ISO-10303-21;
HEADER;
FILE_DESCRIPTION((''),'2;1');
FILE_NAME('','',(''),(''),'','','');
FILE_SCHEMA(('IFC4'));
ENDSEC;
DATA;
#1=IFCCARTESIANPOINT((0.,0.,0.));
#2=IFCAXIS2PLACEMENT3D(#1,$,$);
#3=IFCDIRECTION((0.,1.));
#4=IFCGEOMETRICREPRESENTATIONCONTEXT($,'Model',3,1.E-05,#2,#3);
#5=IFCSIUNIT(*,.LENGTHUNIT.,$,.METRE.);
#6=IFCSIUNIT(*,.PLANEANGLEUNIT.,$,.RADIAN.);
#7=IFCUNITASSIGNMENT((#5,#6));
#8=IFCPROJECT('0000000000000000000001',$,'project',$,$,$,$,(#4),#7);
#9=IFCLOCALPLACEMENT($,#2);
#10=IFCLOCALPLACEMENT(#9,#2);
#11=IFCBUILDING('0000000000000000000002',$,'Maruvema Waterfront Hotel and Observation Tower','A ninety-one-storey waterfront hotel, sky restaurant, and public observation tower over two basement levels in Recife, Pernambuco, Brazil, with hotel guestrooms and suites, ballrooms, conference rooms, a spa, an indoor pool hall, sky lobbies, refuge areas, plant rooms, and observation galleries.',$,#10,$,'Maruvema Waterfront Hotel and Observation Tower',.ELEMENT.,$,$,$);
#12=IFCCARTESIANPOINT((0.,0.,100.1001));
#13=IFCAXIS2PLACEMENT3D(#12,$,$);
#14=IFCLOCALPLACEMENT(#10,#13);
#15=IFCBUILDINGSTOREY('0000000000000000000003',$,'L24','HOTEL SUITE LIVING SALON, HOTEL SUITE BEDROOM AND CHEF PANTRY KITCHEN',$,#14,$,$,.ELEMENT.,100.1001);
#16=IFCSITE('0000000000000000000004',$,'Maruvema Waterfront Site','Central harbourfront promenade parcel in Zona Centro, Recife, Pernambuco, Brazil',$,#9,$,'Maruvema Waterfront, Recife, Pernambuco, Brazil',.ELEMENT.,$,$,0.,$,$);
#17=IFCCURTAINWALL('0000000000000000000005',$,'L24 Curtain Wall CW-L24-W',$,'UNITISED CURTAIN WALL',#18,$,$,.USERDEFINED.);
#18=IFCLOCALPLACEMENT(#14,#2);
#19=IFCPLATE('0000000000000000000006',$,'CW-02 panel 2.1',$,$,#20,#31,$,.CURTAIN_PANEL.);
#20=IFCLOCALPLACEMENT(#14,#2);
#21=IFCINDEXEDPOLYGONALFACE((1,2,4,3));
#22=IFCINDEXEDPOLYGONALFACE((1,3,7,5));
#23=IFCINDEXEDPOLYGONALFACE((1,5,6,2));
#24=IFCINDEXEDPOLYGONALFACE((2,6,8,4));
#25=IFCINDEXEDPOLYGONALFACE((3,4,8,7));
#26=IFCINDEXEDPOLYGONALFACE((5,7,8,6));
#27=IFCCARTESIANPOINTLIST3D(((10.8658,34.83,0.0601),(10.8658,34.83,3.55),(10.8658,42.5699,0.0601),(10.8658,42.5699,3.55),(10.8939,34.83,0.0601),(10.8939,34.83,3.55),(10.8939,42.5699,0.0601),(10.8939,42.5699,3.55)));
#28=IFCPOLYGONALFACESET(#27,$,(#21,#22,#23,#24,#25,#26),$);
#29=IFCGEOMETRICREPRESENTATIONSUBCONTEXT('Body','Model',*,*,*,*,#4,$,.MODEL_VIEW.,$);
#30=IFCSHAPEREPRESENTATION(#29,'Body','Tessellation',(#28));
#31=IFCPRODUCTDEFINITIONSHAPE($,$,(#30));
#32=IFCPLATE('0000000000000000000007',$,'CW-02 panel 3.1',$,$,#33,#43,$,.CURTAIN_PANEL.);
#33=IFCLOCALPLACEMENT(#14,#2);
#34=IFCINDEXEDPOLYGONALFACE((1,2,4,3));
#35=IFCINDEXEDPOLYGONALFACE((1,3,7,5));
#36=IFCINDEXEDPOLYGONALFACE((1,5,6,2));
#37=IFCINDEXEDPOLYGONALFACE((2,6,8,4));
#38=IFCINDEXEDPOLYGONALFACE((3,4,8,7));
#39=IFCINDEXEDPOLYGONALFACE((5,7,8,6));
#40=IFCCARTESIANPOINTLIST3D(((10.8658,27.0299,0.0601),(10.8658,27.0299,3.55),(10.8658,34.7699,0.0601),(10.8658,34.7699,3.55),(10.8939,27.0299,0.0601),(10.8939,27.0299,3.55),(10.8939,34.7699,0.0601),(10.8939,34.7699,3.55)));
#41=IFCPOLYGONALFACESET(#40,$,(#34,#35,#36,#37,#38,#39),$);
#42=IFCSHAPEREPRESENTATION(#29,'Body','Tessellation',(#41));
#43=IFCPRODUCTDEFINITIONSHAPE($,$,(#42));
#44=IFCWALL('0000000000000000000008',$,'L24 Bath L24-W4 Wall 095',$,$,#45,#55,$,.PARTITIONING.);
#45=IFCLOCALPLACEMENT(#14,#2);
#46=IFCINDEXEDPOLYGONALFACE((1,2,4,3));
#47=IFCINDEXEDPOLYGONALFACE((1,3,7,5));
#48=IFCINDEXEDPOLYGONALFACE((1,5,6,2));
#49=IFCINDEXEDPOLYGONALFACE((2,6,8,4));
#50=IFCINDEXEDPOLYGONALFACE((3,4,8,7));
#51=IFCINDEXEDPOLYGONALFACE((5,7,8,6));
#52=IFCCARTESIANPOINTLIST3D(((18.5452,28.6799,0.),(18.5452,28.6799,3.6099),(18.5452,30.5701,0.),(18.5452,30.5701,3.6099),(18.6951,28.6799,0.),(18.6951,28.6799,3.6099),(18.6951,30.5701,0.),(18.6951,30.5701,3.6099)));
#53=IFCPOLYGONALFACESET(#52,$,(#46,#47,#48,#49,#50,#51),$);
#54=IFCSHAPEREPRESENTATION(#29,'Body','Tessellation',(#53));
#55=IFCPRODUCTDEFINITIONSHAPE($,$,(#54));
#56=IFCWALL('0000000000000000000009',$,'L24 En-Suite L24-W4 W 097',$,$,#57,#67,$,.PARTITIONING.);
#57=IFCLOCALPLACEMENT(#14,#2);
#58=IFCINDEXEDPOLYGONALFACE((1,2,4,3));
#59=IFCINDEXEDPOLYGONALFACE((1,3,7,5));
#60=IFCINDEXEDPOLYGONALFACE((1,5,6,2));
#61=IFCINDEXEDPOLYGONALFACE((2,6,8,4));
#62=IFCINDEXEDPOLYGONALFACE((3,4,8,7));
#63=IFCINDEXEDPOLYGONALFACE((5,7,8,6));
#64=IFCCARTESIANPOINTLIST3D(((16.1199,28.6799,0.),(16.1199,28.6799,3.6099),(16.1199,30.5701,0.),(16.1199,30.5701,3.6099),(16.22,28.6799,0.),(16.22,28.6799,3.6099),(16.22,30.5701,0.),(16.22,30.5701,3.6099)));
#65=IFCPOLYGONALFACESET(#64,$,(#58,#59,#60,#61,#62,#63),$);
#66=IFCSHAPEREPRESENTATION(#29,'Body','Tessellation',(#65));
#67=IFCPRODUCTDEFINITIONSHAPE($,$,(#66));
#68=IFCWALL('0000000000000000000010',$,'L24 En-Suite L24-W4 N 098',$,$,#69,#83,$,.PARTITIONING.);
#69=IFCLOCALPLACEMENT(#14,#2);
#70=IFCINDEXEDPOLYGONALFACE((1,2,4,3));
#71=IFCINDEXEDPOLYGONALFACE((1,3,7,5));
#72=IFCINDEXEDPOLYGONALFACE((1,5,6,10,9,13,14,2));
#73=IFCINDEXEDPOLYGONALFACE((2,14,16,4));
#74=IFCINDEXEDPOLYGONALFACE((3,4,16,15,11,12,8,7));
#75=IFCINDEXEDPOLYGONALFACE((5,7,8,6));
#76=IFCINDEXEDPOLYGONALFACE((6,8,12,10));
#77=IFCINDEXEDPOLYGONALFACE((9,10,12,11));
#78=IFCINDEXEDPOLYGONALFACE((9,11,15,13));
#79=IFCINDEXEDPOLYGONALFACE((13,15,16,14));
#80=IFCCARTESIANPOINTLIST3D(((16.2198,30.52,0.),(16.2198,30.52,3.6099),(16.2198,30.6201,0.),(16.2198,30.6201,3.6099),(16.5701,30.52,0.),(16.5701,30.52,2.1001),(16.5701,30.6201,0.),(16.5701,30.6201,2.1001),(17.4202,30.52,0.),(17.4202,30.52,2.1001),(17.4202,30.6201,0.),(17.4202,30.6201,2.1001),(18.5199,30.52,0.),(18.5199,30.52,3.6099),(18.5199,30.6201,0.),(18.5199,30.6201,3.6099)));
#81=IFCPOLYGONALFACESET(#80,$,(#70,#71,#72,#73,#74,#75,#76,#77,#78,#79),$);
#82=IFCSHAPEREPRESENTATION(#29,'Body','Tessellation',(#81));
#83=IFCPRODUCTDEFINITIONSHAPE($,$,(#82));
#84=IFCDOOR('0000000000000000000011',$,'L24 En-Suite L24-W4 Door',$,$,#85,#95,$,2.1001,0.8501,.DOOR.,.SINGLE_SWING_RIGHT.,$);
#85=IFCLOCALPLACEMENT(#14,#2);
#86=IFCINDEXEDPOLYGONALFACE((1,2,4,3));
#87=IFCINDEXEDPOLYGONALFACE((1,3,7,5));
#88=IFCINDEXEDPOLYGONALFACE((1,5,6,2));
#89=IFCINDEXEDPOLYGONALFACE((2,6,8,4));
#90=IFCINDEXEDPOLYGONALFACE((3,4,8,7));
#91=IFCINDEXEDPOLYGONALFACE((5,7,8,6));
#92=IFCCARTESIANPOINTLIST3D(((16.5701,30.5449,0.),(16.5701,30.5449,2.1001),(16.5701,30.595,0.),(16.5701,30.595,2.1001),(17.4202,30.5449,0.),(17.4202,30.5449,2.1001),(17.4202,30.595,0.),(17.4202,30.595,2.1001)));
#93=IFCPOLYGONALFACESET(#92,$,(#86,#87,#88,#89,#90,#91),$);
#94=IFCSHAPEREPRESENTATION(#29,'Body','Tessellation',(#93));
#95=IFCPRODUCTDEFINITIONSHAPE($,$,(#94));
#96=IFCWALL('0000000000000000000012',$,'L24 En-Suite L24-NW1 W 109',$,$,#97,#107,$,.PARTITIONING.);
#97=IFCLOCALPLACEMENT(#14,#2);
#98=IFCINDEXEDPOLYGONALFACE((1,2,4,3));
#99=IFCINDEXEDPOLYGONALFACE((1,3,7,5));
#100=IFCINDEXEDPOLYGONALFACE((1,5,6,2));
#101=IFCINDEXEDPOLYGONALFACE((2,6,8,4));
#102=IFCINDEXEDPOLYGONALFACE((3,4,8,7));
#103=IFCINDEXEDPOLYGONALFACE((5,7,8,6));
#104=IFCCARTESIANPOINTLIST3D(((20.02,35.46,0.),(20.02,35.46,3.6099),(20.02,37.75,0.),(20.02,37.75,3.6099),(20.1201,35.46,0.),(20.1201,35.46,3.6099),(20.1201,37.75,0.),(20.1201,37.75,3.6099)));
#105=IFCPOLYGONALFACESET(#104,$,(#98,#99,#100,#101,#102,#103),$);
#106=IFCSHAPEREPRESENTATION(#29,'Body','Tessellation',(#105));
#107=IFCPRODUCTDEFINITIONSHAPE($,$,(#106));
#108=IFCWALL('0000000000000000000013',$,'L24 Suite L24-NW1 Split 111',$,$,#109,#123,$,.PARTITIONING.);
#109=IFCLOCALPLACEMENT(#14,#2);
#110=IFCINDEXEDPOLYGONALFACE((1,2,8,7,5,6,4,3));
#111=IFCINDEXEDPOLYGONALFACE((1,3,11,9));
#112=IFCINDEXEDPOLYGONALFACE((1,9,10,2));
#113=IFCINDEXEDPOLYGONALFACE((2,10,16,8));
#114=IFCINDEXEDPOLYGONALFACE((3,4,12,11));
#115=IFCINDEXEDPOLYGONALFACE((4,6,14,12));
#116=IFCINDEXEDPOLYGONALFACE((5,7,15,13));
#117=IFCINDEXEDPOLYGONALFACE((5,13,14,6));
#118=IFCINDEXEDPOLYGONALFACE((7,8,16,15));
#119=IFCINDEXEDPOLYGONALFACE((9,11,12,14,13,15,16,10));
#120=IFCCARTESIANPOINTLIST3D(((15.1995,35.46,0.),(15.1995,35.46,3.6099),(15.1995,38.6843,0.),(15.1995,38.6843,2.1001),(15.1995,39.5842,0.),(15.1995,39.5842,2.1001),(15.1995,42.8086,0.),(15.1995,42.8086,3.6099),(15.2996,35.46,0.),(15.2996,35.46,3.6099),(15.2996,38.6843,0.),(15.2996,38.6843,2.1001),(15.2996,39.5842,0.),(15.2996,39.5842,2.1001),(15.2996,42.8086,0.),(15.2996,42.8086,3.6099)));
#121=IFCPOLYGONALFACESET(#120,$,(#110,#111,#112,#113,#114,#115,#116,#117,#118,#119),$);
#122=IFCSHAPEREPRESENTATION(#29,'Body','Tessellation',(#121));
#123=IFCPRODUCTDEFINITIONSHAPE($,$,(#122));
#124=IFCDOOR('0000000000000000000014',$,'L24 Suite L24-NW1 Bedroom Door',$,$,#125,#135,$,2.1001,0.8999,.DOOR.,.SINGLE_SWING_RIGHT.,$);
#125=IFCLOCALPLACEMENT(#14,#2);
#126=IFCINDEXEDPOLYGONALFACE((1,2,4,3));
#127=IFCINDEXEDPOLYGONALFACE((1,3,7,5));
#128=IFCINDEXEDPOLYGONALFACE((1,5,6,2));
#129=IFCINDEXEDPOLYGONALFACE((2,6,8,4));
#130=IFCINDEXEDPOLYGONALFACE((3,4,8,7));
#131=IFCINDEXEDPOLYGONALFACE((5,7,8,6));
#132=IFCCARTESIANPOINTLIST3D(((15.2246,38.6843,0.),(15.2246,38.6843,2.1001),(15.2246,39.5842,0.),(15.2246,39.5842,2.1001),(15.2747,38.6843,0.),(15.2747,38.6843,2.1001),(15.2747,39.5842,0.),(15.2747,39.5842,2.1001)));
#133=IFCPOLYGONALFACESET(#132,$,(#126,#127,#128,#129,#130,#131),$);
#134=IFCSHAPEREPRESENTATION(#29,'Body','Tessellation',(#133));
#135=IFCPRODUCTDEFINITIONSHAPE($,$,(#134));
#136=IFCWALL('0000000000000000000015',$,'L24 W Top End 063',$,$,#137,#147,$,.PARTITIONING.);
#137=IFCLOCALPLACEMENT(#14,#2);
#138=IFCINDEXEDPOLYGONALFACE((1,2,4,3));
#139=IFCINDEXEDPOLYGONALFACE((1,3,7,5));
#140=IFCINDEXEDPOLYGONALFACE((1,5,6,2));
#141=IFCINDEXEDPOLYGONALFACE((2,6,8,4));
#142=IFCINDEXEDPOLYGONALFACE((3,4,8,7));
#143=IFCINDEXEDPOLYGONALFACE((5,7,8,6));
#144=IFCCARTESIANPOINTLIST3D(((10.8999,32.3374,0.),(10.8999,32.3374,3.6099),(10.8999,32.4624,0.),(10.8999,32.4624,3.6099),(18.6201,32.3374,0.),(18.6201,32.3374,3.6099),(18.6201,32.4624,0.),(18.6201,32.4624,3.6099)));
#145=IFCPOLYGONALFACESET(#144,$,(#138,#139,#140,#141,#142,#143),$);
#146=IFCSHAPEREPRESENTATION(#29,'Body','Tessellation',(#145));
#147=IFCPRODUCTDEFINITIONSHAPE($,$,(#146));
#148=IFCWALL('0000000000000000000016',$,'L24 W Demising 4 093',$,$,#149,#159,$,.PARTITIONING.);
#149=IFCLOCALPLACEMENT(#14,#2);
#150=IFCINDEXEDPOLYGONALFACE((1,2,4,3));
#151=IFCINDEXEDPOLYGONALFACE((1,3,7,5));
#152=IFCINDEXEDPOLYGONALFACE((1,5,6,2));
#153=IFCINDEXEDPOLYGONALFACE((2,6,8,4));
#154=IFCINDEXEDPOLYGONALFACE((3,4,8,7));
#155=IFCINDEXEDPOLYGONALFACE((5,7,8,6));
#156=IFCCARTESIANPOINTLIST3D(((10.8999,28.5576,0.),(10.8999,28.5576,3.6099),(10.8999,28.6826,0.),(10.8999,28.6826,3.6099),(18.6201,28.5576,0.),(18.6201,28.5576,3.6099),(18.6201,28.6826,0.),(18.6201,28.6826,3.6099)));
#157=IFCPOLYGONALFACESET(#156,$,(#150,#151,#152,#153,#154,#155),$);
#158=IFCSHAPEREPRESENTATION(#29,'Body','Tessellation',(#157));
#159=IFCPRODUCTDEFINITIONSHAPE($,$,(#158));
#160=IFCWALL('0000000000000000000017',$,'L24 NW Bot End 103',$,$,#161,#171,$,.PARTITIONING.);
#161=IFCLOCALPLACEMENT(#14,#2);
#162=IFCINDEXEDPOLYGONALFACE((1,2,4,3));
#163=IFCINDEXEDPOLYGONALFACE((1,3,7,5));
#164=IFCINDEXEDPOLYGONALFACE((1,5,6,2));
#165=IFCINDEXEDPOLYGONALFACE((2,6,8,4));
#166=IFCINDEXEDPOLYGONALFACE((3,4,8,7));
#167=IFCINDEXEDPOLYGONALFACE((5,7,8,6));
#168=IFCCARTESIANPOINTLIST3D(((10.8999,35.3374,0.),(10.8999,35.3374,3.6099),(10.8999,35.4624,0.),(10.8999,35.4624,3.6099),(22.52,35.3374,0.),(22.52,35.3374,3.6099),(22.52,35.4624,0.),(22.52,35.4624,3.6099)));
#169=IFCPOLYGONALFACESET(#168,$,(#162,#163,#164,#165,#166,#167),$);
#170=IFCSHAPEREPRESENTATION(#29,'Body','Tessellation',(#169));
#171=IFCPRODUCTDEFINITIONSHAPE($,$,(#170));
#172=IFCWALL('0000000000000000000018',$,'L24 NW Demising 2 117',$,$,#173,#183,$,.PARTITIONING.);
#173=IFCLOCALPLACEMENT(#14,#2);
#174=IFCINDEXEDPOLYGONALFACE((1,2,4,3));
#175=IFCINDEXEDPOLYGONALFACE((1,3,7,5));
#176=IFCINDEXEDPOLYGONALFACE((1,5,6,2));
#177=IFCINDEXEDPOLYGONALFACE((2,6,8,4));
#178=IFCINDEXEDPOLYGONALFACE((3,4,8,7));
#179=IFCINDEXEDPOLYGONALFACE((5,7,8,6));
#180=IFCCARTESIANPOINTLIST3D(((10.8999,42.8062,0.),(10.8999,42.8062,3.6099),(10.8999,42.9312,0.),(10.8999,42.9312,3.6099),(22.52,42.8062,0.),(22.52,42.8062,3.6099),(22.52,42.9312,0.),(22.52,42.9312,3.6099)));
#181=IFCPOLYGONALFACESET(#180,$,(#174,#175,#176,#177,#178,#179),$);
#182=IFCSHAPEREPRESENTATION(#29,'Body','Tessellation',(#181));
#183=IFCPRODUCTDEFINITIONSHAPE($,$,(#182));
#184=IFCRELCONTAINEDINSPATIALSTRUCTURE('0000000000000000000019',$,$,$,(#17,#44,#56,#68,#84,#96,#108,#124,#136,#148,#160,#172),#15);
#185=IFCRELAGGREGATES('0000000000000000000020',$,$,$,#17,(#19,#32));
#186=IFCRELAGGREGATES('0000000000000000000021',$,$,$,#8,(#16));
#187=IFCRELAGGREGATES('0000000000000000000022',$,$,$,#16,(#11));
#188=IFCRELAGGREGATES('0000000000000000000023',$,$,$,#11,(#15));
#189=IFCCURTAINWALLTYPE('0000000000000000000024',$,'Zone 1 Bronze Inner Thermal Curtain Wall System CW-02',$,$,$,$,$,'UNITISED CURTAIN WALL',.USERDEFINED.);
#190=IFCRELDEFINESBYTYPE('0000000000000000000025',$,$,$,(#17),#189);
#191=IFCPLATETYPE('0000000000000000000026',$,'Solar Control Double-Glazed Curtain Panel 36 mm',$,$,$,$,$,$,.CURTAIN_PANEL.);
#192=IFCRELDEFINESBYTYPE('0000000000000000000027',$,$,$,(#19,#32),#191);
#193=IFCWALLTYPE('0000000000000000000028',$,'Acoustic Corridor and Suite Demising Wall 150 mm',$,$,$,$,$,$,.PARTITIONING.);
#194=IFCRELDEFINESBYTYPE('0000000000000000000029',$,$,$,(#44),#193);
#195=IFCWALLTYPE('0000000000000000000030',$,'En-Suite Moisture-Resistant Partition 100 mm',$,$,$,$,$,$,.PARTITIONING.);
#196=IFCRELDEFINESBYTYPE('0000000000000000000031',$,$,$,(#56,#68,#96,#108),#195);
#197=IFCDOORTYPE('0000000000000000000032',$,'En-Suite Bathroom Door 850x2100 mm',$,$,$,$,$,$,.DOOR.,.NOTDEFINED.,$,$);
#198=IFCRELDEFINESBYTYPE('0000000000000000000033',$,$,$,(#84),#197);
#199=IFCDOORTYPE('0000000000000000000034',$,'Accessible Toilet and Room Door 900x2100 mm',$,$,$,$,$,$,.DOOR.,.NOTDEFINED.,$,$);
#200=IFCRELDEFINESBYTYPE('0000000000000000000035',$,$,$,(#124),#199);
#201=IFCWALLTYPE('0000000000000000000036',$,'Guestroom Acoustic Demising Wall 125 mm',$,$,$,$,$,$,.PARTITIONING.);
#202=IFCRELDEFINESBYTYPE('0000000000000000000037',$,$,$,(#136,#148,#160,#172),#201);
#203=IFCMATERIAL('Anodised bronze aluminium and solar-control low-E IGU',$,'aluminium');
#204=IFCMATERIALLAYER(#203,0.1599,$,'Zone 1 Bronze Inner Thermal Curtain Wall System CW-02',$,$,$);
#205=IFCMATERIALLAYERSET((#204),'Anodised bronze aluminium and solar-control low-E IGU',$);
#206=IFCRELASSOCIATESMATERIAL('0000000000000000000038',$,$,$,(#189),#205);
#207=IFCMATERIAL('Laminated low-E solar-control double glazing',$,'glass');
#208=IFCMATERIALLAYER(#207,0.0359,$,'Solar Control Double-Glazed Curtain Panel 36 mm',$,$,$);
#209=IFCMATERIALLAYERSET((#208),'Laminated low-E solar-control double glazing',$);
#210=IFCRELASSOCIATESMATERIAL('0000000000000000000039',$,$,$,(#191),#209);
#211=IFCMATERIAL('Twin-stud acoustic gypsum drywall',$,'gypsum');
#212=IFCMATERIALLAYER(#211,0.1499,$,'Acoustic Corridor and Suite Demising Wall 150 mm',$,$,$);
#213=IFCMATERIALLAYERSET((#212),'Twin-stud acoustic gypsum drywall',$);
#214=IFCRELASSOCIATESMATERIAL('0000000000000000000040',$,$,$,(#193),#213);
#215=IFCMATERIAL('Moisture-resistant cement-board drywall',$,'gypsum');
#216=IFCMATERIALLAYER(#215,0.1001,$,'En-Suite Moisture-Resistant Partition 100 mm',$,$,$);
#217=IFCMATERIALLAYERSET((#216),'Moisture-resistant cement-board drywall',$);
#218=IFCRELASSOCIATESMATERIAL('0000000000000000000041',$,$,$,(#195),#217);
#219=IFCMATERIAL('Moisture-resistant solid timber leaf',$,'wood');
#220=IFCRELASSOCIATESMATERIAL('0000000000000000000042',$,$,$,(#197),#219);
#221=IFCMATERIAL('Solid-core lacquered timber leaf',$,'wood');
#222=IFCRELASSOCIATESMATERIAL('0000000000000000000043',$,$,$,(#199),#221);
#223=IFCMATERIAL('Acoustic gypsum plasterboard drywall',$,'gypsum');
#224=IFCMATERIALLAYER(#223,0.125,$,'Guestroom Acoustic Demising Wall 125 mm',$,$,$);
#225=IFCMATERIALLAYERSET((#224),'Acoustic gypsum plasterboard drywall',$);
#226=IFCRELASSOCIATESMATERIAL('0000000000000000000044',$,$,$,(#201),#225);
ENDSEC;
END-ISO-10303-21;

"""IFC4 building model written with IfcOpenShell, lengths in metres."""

from ifc_helpers import new_model, si_unit, direction, frame, frame_2d, origin, origin_2d, place, context, subcontext, project, spatial, rectangle, extrude, material, layer, layer_set, type_object, element, fill, aggregate, save


model = new_model("IFC4")

# Units and contexts
model_context = context("Model", 3, precision=1e-05, world=origin(), true_north=direction((0.0, 1.0)))
body_context = subcontext(model_context, "Body", "Model", "MODEL_VIEW")
ifc_project = project(units=[si_unit("LENGTHUNIT", "METRE"), si_unit("PLANEANGLEUNIT", "RADIAN")], contexts=[model_context])

# Site, building, storey
site_placement = place(None, origin())
site = spatial("IfcSite", under=ifc_project, at=site_placement, Name="Maruvema Waterfront Site", Description="Central harbourfront promenade parcel in Zona Centro, Recife, Pernambuco, Brazil", LongName="Maruvema Waterfront, Recife, Pernambuco, Brazil", CompositionType="ELEMENT", RefElevation=0.0)
building_placement = place(site_placement, origin())
building = spatial("IfcBuilding", under=site, at=building_placement, Name="Maruvema Waterfront Hotel and Observation Tower", Description="A ninety-one-storey waterfront hotel, sky restaurant, and public observation tower over two basement levels in Recife, Pernambuco, Brazil, with hotel guestrooms and suites, ballrooms, conference rooms, a spa, an indoor pool hall, sky lobbies, refuge areas, plant rooms, and observation galleries.", LongName="Maruvema Waterfront Hotel and Observation Tower", CompositionType="ELEMENT")
storey_placement = place(building_placement, frame((0.0, 0.0, 100.1001)))
storey = spatial("IfcBuildingStorey", under=building, at=storey_placement, Name="L24", Description="HOTEL SUITE LIVING SALON, HOTEL SUITE BEDROOM AND CHEF PANTRY KITCHEN", CompositionType="ELEMENT", Elevation=100.1001)

# Curtain wall
ifc_material_1 = material(Name="Anodised bronze aluminium and solar-control low-E IGU", Category="aluminium")
ifc_layer_1 = layer(ifc_material_1, 0.1599, Name="Zone 1 Bronze Inner Thermal Curtain Wall System CW-02")
ifc_layer_set_1 = layer_set([ifc_layer_1], Name="Anodised bronze aluminium and solar-control low-E IGU")
curtain_wall_type = type_object("IfcCurtainWallType", Name="Zone 1 Bronze Inner Thermal Curtain Wall System CW-02", ElementType="UNITISED CURTAIN WALL", PredefinedType="USERDEFINED", material=ifc_layer_set_1)
curtain_wall_placement = place(storey_placement, origin())
curtain_wall = element("IfcCurtainWall", 1, at=curtain_wall_placement, inside=storey, type_object=curtain_wall_type, Name="L24 Curtain Wall CW-L24-W", ObjectType="UNITISED CURTAIN WALL", PredefinedType="USERDEFINED")

# Plates
ifc_material_2 = material(Name="Laminated low-E solar-control double glazing", Category="glass")
ifc_layer_2 = layer(ifc_material_2, 0.0359, Name="Solar Control Double-Glazed Curtain Panel 36 mm")
ifc_layer_set_2 = layer_set([ifc_layer_2], Name="Laminated low-E solar-control double glazing")
plate_type = type_object("IfcPlateType", Name="Solar Control Double-Glazed Curtain Panel 36 mm", PredefinedType="CURTAIN_PANEL", material=ifc_layer_set_2)
plate_1_placement = place(storey_placement, frame((10.8799, 38.7, 0.0601), z_axis=(0.0, 0.0, 1.0), x_axis=(0.0, -1.0, 0.0)))
plate_1 = element("IfcPlate", 2, at=plate_1_placement, type_object=plate_type, Name="CW-02 panel 2.1", PredefinedType="CURTAIN_PANEL", context=body_context, shape_type="SweptSolid", body=[
    extrude(rectangle(XDim=7.74, YDim=0.0281, at=origin_2d()), origin(), (0.0, 0.0, 1.0), 3.49),
])
plate_2_placement = place(storey_placement, frame((10.8799, 30.8999, 0.0601), z_axis=(0.0, 0.0, 1.0), x_axis=(0.0, -1.0, 0.0)))
plate_2 = element("IfcPlate", 3, at=plate_2_placement, type_object=plate_type, Name="CW-02 panel 3.1", PredefinedType="CURTAIN_PANEL", context=body_context, shape_type="SweptSolid", body=[
    extrude(rectangle(XDim=7.74, YDim=0.0281, at=origin_2d()), origin(), (0.0, 0.0, 1.0), 3.49),
])
aggregate(curtain_wall, [plate_1, plate_2])

# Wall
ifc_material_3 = material(Name="Twin-stud acoustic gypsum drywall", Category="gypsum")
ifc_layer_3 = layer(ifc_material_3, 0.1499, Name="Acoustic Corridor and Suite Demising Wall 150 mm")
ifc_layer_set_3 = layer_set([ifc_layer_3], Name="Twin-stud acoustic gypsum drywall")
wall_type_1 = type_object("IfcWallType", Name="Acoustic Corridor and Suite Demising Wall 150 mm", PredefinedType="PARTITIONING", material=ifc_layer_set_3)
wall_1_placement = place(storey_placement, frame((18.6201, 28.6799, 0.0), z_axis=(0.0, 0.0, 1.0), x_axis=(0.0, 1.0, 0.0)))
element("IfcWall", 4, at=wall_1_placement, inside=storey, type_object=wall_type_1, Name="L24 Bath L24-W4 Wall 095", PredefinedType="PARTITIONING", context=body_context, shape_type="SweptSolid", body=[
    extrude(rectangle(XDim=1.8901, YDim=0.1499, at=frame_2d((0.9451, 0.0))), origin(), (0.0, 0.0, 1.0), 3.6099),
])

# Wall
ifc_material_4 = material(Name="Moisture-resistant cement-board drywall", Category="gypsum")
ifc_layer_4 = layer(ifc_material_4, 0.1001, Name="En-Suite Moisture-Resistant Partition 100 mm")
ifc_layer_set_4 = layer_set([ifc_layer_4], Name="Moisture-resistant cement-board drywall")
wall_type_2 = type_object("IfcWallType", Name="En-Suite Moisture-Resistant Partition 100 mm", PredefinedType="PARTITIONING", material=ifc_layer_set_4)
wall_2_placement = place(storey_placement, frame((16.1699, 28.6799, 0.0), z_axis=(0.0, 0.0, 1.0), x_axis=(0.0, 1.0, 0.0)))
element("IfcWall", 5, at=wall_2_placement, inside=storey, type_object=wall_type_2, Name="L24 En-Suite L24-W4 W 097", PredefinedType="PARTITIONING", context=body_context, shape_type="SweptSolid", body=[
    extrude(rectangle(XDim=1.8901, YDim=0.1001, at=frame_2d((0.9451, 0.0))), origin(), (0.0, 0.0, 1.0), 3.6099),
])

# Wall, opening, door
wall_3_placement = place(storey_placement, frame((16.22, 30.5701, 0.0), z_axis=(0.0, 0.0, 1.0), x_axis=(1.0, 0.0, 0.0)))
wall_3 = element("IfcWall", 6, at=wall_3_placement, inside=storey, type_object=wall_type_2, Name="L24 En-Suite L24-W4 N 098", PredefinedType="PARTITIONING", context=body_context, shape_type="SweptSolid", body=[
    extrude(rectangle(XDim=2.3, YDim=0.1001, at=frame_2d((1.1499, 0.0))), origin(), (0.0, 0.0, 1.0), 3.6099),
])
opening_1_placement = place(wall_3_placement, frame((0.3501, 0.0, 0.0)))
opening_1 = element("IfcOpeningElement", 7, at=opening_1_placement, cuts=wall_3, PredefinedType="OPENING", context=body_context, shape_type="SweptSolid", body=[
    extrude(rectangle(XDim=0.8501, YDim=2.1001, at=frame_2d((0.425, 1.05))), frame((0.0, 0.0601, 0.0), z_axis=(0.0, -1.0, 0.0), x_axis=(1.0, 0.0, 0.0)), (0.0, 0.0, 1.0), 0.1201),
])
ifc_material_5 = material(Name="Moisture-resistant solid timber leaf", Category="wood")
door_type_1 = type_object("IfcDoorType", Name="En-Suite Bathroom Door 850x2100 mm", OperationType="NOTDEFINED", PredefinedType="DOOR", material=ifc_material_5)
door_1_placement = place(opening_1_placement, origin())
door_1 = element("IfcDoor", 8, at=door_1_placement, inside=storey, type_object=door_type_1, Name="L24 En-Suite L24-W4 Door", OperationType="SINGLE_SWING_RIGHT", OverallHeight=2.1001, OverallWidth=0.8501, PredefinedType="DOOR", context=body_context, shape_type="SweptSolid", body=[
    extrude(rectangle(XDim=0.8501, YDim=2.1001, at=frame_2d((0.425, 1.05))), frame((0.0, 0.0249, 0.0), z_axis=(0.0, -1.0, 0.0), x_axis=(1.0, 0.0, 0.0)), (0.0, 0.0, 1.0), 0.05),
])
fill(opening_1, door_1)

# Wall
wall_4_placement = place(storey_placement, frame((20.0701, 35.46, 0.0), z_axis=(0.0, 0.0, 1.0), x_axis=(0.0, 1.0, 0.0)))
element("IfcWall", 9, at=wall_4_placement, inside=storey, type_object=wall_type_2, Name="L24 En-Suite L24-NW1 W 109", PredefinedType="PARTITIONING", context=body_context, shape_type="SweptSolid", body=[
    extrude(rectangle(XDim=2.29, YDim=0.1001, at=frame_2d((1.145, 0.0))), origin(), (0.0, 0.0, 1.0), 3.6099),
])

# Wall, opening, door
wall_5_placement = place(storey_placement, frame((15.2495, 35.46, 0.0), z_axis=(0.0, 0.0, 1.0), x_axis=(0.0, 1.0, 0.0)))
wall_5 = element("IfcWall", 10, at=wall_5_placement, inside=storey, type_object=wall_type_2, Name="L24 Suite L24-NW1 Split 111", PredefinedType="PARTITIONING", context=body_context, shape_type="SweptSolid", body=[
    extrude(rectangle(XDim=7.3486, YDim=0.1001, at=frame_2d((3.6743, 0.0))), origin(), (0.0, 0.0, 1.0), 3.6099),
])
opening_2_placement = place(wall_5_placement, frame((3.2244, 0.0, 0.0)))
opening_2 = element("IfcOpeningElement", 11, at=opening_2_placement, cuts=wall_5, PredefinedType="OPENING", context=body_context, shape_type="SweptSolid", body=[
    extrude(rectangle(XDim=0.8999, YDim=2.1001, at=frame_2d((0.45, 1.05))), frame((0.0, 0.0601, 0.0), z_axis=(0.0, -1.0, 0.0), x_axis=(1.0, 0.0, 0.0)), (0.0, 0.0, 1.0), 0.1201),
])
ifc_material_6 = material(Name="Solid-core lacquered timber leaf", Category="wood")
door_type_2 = type_object("IfcDoorType", Name="Accessible Toilet and Room Door 900x2100 mm", OperationType="NOTDEFINED", PredefinedType="DOOR", material=ifc_material_6)
door_2_placement = place(opening_2_placement, origin())
door_2 = element("IfcDoor", 12, at=door_2_placement, inside=storey, type_object=door_type_2, Name="L24 Suite L24-NW1 Bedroom Door", OperationType="SINGLE_SWING_RIGHT", OverallHeight=2.1001, OverallWidth=0.8999, PredefinedType="DOOR", context=body_context, shape_type="SweptSolid", body=[
    extrude(rectangle(XDim=0.8999, YDim=2.1001, at=frame_2d((0.45, 1.05))), frame((0.0, 0.0249, 0.0), z_axis=(0.0, -1.0, 0.0), x_axis=(1.0, 0.0, 0.0)), (0.0, 0.0, 1.0), 0.05),
])
fill(opening_2, door_2)

# Walls
ifc_material_7 = material(Name="Acoustic gypsum plasterboard drywall", Category="gypsum")
ifc_layer_5 = layer(ifc_material_7, 0.125, Name="Guestroom Acoustic Demising Wall 125 mm")
ifc_layer_set_5 = layer_set([ifc_layer_5], Name="Acoustic gypsum plasterboard drywall")
wall_type_3 = type_object("IfcWallType", Name="Guestroom Acoustic Demising Wall 125 mm", PredefinedType="PARTITIONING", material=ifc_layer_set_5)
for number, where, z_axis, x_axis, name in (
    (13, (10.8999, 32.3999, 0.0), (0.0, 0.0, 1.0), (1.0, 0.0, 0.0), "L24 W Top End 063"),
    (14, (10.8999, 28.6201, 0.0), (0.0, 0.0, 1.0), (1.0, 0.0, 0.0), "L24 W Demising 4 093"),
):
    element("IfcWall", number, at=place(storey_placement, frame(where, z_axis=z_axis, x_axis=x_axis)), inside=storey, type_object=wall_type_3, Name=name, PredefinedType="PARTITIONING", context=body_context, shape_type="SweptSolid", body=[
        extrude(rectangle(XDim=7.7202, YDim=0.125, at=frame_2d((3.8601, 0.0))), origin(), (0.0, 0.0, 1.0), 3.6099),
    ])
for number, where, z_axis, x_axis, name in (
    (15, (10.8999, 35.3999, 0.0), (0.0, 0.0, 1.0), (1.0, 0.0, 0.0), "L24 NW Bot End 103"),
    (16, (10.8999, 42.8687, 0.0), (0.0, 0.0, 1.0), (1.0, 0.0, 0.0), "L24 NW Demising 2 117"),
):
    element("IfcWall", number, at=place(storey_placement, frame(where, z_axis=z_axis, x_axis=x_axis)), inside=storey, type_object=wall_type_3, Name=name, PredefinedType="PARTITIONING", context=body_context, shape_type="SweptSolid", body=[
        extrude(rectangle(XDim=11.6201, YDim=0.125, at=frame_2d((5.8101, 0.0))), origin(), (0.0, 0.0, 1.0), 3.6099),
    ])

save(model, "model.ifc")
